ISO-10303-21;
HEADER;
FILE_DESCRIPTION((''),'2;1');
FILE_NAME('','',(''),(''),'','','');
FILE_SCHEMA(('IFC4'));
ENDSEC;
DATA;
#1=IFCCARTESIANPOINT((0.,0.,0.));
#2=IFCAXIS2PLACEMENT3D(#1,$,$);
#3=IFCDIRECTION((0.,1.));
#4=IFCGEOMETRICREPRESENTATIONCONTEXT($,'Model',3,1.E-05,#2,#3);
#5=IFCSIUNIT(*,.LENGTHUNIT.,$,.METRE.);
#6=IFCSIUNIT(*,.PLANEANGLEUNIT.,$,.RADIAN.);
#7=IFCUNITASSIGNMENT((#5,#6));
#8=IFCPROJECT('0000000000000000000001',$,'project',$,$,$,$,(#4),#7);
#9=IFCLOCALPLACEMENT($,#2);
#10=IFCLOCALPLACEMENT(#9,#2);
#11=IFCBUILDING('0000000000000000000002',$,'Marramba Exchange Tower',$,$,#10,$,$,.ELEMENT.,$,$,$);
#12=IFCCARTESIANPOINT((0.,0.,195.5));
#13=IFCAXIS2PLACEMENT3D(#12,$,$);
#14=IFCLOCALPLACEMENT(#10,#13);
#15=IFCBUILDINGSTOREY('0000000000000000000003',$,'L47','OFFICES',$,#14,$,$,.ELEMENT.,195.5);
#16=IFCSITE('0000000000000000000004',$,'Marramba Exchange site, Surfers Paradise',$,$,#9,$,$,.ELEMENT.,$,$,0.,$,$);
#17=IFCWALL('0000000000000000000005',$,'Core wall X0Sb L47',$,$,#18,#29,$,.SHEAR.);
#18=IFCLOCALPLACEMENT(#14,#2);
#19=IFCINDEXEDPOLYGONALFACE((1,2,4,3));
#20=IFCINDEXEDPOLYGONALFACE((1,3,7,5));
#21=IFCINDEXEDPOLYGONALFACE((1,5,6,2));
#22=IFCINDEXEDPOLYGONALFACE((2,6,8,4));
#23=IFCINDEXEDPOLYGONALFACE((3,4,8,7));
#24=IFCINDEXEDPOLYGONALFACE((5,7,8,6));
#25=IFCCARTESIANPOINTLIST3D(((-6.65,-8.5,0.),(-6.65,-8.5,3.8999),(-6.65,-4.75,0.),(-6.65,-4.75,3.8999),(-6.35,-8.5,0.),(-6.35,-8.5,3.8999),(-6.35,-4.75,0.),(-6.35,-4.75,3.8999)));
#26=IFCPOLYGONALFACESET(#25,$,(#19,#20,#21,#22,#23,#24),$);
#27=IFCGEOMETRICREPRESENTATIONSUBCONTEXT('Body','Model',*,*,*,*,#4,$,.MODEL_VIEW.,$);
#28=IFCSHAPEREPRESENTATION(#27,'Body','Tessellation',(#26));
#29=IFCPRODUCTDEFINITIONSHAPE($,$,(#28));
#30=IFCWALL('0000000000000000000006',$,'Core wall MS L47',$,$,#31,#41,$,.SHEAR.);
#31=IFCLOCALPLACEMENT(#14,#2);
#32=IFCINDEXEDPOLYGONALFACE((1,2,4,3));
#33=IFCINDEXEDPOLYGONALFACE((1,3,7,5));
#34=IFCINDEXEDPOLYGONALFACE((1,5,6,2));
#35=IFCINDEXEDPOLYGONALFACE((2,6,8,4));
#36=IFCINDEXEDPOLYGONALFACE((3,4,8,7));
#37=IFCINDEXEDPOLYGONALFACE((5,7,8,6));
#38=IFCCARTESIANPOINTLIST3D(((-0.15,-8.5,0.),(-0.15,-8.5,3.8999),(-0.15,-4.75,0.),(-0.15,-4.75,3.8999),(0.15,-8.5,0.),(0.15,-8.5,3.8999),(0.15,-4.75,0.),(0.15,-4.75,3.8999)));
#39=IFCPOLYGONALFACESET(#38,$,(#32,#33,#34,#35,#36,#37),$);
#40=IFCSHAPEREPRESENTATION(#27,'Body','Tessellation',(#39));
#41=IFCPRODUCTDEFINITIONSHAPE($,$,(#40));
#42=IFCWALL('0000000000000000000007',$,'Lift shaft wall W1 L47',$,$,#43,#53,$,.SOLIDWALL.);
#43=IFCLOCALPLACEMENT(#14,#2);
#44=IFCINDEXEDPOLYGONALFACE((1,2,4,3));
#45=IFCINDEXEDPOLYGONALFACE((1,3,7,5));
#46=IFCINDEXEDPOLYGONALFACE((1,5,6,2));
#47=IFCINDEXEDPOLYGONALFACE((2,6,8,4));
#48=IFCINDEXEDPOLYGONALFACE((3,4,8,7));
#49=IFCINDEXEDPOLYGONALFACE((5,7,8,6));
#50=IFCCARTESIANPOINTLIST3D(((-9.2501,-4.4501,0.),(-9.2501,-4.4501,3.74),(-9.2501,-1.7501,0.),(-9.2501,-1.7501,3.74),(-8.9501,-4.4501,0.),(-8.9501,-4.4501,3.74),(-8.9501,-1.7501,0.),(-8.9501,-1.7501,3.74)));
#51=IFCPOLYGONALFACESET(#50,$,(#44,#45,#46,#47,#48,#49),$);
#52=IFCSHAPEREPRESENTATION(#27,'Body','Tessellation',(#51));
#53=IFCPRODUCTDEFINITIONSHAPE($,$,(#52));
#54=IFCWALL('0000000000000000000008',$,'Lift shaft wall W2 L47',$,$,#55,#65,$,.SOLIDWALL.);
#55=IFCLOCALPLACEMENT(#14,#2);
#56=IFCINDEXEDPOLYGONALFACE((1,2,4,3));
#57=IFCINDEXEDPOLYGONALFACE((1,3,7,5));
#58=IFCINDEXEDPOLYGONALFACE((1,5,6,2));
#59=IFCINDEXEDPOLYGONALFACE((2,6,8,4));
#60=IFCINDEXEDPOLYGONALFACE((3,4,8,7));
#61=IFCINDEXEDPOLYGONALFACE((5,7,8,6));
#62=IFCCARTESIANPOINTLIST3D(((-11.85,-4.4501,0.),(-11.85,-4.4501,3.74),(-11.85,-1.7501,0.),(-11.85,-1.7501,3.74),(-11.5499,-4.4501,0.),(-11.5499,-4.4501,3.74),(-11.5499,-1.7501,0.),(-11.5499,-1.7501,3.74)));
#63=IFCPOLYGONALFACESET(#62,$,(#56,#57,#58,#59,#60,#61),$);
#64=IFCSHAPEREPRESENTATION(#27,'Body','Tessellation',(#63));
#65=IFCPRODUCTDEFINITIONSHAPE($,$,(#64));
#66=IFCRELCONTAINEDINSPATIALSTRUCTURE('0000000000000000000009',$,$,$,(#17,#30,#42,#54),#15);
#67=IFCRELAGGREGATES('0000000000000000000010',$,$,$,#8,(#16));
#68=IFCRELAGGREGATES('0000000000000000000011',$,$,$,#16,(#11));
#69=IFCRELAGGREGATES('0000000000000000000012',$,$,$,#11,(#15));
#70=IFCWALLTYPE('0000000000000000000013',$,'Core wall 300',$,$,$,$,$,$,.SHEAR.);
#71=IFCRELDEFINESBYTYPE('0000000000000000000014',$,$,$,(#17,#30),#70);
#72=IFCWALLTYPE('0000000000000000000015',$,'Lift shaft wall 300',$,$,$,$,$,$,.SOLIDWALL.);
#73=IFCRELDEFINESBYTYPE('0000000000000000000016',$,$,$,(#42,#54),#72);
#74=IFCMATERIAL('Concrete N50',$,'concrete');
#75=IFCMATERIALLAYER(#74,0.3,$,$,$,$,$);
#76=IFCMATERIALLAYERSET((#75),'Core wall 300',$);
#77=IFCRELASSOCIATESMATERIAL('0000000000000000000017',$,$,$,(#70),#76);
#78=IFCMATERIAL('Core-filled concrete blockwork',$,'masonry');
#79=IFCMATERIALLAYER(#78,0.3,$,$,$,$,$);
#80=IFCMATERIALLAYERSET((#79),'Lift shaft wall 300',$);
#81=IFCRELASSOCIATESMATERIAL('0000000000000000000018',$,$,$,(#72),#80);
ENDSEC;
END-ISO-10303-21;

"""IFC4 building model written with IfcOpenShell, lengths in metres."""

from ifc_helpers import new_model, si_unit, direction, frame, frame_2d, origin, place, context, subcontext, project, spatial, rectangle, extrude, material, layer, layer_set, type_object, element, save


model = new_model("IFC4")

# Units and contexts
model_context = context("Model", 3, precision=1e-05, world=origin(), true_north=direction((0.0, 1.0)))
body_context = subcontext(model_context, "Body", "Model", "MODEL_VIEW")
ifc_project = project(units=[si_unit("LENGTHUNIT", "METRE"), si_unit("PLANEANGLEUNIT", "RADIAN")], contexts=[model_context])

# Site, building, storey
site_placement = place(None, origin())
site = spatial("IfcSite", under=ifc_project, at=site_placement, Name="Marramba Exchange site, Surfers Paradise", CompositionType="ELEMENT", RefElevation=0.0)
building_placement = place(site_placement, origin())
building = spatial("IfcBuilding", under=site, at=building_placement, Name="Marramba Exchange Tower", CompositionType="ELEMENT")
storey_placement = place(building_placement, frame((0.0, 0.0, 195.5)))
storey = spatial("IfcBuildingStorey", under=building, at=storey_placement, Name="L47", Description="OFFICES", CompositionType="ELEMENT", Elevation=195.5)

# Shared definitions
ifc_material_1 = material(Name="Concrete N50", Category="concrete")

# Shared definitions
ifc_layer_1 = layer(ifc_material_1, 0.3)
ifc_layer_set_1 = layer_set([ifc_layer_1], Name="Core wall 300")
wall_type_1 = type_object("IfcWallType", Name="Core wall 300", PredefinedType="SHEAR", material=ifc_layer_set_1)

# Walls
for number, where, z_axis, x_axis, name in (
    (1, (-6.5, -4.75, 0.0), (0.0, 0.0, 1.0), (0.0, -1.0, 0.0), "Core wall X0Sb L47"),
    (2, (0.0, -4.75, 0.0), (0.0, 0.0, 1.0), (0.0, -1.0, 0.0), "Core wall MS L47"),
):
    element("IfcWall", number, at=place(storey_placement, frame(where, z_axis=z_axis, x_axis=x_axis)), inside=storey, type_object=wall_type_1, Name=name, PredefinedType="SHEAR", context=body_context, shape_type="SweptSolid", body=[
        extrude(rectangle(XDim=3.75, YDim=0.3, at=frame_2d((1.875, 0.0))), origin(), (0.0, 0.0, 1.0), 3.8999),
    ])
ifc_material_2 = material(Name="Core-filled concrete blockwork", Category="masonry")
ifc_layer_2 = layer(ifc_material_2, 0.3)
ifc_layer_set_2 = layer_set([ifc_layer_2], Name="Lift shaft wall 300")
wall_type_2 = type_object("IfcWallType", Name="Lift shaft wall 300", PredefinedType="SOLIDWALL", material=ifc_layer_set_2)
for number, where, z_axis, x_axis, name in (
    (3, (-9.1001, -1.75, 0.0), (0.0, 0.0, 1.0), (0.0, -1.0, 0.0), "Lift shaft wall W1 L47"),
    (4, (-11.7, -1.75, 0.0), (0.0, 0.0, 1.0), (0.0, -1.0, 0.0), "Lift shaft wall W2 L47"),
):
    element("IfcWall", number, at=place(storey_placement, frame(where, z_axis=z_axis, x_axis=x_axis)), inside=storey, type_object=wall_type_2, Name=name, PredefinedType="SOLIDWALL", context=body_context, shape_type="SweptSolid", body=[
        extrude(rectangle(XDim=2.7, YDim=0.3, at=frame_2d((1.3501, 0.0))), origin(), (0.0, 0.0, 1.0), 3.74),
    ])

save(model, "model.ifc")
